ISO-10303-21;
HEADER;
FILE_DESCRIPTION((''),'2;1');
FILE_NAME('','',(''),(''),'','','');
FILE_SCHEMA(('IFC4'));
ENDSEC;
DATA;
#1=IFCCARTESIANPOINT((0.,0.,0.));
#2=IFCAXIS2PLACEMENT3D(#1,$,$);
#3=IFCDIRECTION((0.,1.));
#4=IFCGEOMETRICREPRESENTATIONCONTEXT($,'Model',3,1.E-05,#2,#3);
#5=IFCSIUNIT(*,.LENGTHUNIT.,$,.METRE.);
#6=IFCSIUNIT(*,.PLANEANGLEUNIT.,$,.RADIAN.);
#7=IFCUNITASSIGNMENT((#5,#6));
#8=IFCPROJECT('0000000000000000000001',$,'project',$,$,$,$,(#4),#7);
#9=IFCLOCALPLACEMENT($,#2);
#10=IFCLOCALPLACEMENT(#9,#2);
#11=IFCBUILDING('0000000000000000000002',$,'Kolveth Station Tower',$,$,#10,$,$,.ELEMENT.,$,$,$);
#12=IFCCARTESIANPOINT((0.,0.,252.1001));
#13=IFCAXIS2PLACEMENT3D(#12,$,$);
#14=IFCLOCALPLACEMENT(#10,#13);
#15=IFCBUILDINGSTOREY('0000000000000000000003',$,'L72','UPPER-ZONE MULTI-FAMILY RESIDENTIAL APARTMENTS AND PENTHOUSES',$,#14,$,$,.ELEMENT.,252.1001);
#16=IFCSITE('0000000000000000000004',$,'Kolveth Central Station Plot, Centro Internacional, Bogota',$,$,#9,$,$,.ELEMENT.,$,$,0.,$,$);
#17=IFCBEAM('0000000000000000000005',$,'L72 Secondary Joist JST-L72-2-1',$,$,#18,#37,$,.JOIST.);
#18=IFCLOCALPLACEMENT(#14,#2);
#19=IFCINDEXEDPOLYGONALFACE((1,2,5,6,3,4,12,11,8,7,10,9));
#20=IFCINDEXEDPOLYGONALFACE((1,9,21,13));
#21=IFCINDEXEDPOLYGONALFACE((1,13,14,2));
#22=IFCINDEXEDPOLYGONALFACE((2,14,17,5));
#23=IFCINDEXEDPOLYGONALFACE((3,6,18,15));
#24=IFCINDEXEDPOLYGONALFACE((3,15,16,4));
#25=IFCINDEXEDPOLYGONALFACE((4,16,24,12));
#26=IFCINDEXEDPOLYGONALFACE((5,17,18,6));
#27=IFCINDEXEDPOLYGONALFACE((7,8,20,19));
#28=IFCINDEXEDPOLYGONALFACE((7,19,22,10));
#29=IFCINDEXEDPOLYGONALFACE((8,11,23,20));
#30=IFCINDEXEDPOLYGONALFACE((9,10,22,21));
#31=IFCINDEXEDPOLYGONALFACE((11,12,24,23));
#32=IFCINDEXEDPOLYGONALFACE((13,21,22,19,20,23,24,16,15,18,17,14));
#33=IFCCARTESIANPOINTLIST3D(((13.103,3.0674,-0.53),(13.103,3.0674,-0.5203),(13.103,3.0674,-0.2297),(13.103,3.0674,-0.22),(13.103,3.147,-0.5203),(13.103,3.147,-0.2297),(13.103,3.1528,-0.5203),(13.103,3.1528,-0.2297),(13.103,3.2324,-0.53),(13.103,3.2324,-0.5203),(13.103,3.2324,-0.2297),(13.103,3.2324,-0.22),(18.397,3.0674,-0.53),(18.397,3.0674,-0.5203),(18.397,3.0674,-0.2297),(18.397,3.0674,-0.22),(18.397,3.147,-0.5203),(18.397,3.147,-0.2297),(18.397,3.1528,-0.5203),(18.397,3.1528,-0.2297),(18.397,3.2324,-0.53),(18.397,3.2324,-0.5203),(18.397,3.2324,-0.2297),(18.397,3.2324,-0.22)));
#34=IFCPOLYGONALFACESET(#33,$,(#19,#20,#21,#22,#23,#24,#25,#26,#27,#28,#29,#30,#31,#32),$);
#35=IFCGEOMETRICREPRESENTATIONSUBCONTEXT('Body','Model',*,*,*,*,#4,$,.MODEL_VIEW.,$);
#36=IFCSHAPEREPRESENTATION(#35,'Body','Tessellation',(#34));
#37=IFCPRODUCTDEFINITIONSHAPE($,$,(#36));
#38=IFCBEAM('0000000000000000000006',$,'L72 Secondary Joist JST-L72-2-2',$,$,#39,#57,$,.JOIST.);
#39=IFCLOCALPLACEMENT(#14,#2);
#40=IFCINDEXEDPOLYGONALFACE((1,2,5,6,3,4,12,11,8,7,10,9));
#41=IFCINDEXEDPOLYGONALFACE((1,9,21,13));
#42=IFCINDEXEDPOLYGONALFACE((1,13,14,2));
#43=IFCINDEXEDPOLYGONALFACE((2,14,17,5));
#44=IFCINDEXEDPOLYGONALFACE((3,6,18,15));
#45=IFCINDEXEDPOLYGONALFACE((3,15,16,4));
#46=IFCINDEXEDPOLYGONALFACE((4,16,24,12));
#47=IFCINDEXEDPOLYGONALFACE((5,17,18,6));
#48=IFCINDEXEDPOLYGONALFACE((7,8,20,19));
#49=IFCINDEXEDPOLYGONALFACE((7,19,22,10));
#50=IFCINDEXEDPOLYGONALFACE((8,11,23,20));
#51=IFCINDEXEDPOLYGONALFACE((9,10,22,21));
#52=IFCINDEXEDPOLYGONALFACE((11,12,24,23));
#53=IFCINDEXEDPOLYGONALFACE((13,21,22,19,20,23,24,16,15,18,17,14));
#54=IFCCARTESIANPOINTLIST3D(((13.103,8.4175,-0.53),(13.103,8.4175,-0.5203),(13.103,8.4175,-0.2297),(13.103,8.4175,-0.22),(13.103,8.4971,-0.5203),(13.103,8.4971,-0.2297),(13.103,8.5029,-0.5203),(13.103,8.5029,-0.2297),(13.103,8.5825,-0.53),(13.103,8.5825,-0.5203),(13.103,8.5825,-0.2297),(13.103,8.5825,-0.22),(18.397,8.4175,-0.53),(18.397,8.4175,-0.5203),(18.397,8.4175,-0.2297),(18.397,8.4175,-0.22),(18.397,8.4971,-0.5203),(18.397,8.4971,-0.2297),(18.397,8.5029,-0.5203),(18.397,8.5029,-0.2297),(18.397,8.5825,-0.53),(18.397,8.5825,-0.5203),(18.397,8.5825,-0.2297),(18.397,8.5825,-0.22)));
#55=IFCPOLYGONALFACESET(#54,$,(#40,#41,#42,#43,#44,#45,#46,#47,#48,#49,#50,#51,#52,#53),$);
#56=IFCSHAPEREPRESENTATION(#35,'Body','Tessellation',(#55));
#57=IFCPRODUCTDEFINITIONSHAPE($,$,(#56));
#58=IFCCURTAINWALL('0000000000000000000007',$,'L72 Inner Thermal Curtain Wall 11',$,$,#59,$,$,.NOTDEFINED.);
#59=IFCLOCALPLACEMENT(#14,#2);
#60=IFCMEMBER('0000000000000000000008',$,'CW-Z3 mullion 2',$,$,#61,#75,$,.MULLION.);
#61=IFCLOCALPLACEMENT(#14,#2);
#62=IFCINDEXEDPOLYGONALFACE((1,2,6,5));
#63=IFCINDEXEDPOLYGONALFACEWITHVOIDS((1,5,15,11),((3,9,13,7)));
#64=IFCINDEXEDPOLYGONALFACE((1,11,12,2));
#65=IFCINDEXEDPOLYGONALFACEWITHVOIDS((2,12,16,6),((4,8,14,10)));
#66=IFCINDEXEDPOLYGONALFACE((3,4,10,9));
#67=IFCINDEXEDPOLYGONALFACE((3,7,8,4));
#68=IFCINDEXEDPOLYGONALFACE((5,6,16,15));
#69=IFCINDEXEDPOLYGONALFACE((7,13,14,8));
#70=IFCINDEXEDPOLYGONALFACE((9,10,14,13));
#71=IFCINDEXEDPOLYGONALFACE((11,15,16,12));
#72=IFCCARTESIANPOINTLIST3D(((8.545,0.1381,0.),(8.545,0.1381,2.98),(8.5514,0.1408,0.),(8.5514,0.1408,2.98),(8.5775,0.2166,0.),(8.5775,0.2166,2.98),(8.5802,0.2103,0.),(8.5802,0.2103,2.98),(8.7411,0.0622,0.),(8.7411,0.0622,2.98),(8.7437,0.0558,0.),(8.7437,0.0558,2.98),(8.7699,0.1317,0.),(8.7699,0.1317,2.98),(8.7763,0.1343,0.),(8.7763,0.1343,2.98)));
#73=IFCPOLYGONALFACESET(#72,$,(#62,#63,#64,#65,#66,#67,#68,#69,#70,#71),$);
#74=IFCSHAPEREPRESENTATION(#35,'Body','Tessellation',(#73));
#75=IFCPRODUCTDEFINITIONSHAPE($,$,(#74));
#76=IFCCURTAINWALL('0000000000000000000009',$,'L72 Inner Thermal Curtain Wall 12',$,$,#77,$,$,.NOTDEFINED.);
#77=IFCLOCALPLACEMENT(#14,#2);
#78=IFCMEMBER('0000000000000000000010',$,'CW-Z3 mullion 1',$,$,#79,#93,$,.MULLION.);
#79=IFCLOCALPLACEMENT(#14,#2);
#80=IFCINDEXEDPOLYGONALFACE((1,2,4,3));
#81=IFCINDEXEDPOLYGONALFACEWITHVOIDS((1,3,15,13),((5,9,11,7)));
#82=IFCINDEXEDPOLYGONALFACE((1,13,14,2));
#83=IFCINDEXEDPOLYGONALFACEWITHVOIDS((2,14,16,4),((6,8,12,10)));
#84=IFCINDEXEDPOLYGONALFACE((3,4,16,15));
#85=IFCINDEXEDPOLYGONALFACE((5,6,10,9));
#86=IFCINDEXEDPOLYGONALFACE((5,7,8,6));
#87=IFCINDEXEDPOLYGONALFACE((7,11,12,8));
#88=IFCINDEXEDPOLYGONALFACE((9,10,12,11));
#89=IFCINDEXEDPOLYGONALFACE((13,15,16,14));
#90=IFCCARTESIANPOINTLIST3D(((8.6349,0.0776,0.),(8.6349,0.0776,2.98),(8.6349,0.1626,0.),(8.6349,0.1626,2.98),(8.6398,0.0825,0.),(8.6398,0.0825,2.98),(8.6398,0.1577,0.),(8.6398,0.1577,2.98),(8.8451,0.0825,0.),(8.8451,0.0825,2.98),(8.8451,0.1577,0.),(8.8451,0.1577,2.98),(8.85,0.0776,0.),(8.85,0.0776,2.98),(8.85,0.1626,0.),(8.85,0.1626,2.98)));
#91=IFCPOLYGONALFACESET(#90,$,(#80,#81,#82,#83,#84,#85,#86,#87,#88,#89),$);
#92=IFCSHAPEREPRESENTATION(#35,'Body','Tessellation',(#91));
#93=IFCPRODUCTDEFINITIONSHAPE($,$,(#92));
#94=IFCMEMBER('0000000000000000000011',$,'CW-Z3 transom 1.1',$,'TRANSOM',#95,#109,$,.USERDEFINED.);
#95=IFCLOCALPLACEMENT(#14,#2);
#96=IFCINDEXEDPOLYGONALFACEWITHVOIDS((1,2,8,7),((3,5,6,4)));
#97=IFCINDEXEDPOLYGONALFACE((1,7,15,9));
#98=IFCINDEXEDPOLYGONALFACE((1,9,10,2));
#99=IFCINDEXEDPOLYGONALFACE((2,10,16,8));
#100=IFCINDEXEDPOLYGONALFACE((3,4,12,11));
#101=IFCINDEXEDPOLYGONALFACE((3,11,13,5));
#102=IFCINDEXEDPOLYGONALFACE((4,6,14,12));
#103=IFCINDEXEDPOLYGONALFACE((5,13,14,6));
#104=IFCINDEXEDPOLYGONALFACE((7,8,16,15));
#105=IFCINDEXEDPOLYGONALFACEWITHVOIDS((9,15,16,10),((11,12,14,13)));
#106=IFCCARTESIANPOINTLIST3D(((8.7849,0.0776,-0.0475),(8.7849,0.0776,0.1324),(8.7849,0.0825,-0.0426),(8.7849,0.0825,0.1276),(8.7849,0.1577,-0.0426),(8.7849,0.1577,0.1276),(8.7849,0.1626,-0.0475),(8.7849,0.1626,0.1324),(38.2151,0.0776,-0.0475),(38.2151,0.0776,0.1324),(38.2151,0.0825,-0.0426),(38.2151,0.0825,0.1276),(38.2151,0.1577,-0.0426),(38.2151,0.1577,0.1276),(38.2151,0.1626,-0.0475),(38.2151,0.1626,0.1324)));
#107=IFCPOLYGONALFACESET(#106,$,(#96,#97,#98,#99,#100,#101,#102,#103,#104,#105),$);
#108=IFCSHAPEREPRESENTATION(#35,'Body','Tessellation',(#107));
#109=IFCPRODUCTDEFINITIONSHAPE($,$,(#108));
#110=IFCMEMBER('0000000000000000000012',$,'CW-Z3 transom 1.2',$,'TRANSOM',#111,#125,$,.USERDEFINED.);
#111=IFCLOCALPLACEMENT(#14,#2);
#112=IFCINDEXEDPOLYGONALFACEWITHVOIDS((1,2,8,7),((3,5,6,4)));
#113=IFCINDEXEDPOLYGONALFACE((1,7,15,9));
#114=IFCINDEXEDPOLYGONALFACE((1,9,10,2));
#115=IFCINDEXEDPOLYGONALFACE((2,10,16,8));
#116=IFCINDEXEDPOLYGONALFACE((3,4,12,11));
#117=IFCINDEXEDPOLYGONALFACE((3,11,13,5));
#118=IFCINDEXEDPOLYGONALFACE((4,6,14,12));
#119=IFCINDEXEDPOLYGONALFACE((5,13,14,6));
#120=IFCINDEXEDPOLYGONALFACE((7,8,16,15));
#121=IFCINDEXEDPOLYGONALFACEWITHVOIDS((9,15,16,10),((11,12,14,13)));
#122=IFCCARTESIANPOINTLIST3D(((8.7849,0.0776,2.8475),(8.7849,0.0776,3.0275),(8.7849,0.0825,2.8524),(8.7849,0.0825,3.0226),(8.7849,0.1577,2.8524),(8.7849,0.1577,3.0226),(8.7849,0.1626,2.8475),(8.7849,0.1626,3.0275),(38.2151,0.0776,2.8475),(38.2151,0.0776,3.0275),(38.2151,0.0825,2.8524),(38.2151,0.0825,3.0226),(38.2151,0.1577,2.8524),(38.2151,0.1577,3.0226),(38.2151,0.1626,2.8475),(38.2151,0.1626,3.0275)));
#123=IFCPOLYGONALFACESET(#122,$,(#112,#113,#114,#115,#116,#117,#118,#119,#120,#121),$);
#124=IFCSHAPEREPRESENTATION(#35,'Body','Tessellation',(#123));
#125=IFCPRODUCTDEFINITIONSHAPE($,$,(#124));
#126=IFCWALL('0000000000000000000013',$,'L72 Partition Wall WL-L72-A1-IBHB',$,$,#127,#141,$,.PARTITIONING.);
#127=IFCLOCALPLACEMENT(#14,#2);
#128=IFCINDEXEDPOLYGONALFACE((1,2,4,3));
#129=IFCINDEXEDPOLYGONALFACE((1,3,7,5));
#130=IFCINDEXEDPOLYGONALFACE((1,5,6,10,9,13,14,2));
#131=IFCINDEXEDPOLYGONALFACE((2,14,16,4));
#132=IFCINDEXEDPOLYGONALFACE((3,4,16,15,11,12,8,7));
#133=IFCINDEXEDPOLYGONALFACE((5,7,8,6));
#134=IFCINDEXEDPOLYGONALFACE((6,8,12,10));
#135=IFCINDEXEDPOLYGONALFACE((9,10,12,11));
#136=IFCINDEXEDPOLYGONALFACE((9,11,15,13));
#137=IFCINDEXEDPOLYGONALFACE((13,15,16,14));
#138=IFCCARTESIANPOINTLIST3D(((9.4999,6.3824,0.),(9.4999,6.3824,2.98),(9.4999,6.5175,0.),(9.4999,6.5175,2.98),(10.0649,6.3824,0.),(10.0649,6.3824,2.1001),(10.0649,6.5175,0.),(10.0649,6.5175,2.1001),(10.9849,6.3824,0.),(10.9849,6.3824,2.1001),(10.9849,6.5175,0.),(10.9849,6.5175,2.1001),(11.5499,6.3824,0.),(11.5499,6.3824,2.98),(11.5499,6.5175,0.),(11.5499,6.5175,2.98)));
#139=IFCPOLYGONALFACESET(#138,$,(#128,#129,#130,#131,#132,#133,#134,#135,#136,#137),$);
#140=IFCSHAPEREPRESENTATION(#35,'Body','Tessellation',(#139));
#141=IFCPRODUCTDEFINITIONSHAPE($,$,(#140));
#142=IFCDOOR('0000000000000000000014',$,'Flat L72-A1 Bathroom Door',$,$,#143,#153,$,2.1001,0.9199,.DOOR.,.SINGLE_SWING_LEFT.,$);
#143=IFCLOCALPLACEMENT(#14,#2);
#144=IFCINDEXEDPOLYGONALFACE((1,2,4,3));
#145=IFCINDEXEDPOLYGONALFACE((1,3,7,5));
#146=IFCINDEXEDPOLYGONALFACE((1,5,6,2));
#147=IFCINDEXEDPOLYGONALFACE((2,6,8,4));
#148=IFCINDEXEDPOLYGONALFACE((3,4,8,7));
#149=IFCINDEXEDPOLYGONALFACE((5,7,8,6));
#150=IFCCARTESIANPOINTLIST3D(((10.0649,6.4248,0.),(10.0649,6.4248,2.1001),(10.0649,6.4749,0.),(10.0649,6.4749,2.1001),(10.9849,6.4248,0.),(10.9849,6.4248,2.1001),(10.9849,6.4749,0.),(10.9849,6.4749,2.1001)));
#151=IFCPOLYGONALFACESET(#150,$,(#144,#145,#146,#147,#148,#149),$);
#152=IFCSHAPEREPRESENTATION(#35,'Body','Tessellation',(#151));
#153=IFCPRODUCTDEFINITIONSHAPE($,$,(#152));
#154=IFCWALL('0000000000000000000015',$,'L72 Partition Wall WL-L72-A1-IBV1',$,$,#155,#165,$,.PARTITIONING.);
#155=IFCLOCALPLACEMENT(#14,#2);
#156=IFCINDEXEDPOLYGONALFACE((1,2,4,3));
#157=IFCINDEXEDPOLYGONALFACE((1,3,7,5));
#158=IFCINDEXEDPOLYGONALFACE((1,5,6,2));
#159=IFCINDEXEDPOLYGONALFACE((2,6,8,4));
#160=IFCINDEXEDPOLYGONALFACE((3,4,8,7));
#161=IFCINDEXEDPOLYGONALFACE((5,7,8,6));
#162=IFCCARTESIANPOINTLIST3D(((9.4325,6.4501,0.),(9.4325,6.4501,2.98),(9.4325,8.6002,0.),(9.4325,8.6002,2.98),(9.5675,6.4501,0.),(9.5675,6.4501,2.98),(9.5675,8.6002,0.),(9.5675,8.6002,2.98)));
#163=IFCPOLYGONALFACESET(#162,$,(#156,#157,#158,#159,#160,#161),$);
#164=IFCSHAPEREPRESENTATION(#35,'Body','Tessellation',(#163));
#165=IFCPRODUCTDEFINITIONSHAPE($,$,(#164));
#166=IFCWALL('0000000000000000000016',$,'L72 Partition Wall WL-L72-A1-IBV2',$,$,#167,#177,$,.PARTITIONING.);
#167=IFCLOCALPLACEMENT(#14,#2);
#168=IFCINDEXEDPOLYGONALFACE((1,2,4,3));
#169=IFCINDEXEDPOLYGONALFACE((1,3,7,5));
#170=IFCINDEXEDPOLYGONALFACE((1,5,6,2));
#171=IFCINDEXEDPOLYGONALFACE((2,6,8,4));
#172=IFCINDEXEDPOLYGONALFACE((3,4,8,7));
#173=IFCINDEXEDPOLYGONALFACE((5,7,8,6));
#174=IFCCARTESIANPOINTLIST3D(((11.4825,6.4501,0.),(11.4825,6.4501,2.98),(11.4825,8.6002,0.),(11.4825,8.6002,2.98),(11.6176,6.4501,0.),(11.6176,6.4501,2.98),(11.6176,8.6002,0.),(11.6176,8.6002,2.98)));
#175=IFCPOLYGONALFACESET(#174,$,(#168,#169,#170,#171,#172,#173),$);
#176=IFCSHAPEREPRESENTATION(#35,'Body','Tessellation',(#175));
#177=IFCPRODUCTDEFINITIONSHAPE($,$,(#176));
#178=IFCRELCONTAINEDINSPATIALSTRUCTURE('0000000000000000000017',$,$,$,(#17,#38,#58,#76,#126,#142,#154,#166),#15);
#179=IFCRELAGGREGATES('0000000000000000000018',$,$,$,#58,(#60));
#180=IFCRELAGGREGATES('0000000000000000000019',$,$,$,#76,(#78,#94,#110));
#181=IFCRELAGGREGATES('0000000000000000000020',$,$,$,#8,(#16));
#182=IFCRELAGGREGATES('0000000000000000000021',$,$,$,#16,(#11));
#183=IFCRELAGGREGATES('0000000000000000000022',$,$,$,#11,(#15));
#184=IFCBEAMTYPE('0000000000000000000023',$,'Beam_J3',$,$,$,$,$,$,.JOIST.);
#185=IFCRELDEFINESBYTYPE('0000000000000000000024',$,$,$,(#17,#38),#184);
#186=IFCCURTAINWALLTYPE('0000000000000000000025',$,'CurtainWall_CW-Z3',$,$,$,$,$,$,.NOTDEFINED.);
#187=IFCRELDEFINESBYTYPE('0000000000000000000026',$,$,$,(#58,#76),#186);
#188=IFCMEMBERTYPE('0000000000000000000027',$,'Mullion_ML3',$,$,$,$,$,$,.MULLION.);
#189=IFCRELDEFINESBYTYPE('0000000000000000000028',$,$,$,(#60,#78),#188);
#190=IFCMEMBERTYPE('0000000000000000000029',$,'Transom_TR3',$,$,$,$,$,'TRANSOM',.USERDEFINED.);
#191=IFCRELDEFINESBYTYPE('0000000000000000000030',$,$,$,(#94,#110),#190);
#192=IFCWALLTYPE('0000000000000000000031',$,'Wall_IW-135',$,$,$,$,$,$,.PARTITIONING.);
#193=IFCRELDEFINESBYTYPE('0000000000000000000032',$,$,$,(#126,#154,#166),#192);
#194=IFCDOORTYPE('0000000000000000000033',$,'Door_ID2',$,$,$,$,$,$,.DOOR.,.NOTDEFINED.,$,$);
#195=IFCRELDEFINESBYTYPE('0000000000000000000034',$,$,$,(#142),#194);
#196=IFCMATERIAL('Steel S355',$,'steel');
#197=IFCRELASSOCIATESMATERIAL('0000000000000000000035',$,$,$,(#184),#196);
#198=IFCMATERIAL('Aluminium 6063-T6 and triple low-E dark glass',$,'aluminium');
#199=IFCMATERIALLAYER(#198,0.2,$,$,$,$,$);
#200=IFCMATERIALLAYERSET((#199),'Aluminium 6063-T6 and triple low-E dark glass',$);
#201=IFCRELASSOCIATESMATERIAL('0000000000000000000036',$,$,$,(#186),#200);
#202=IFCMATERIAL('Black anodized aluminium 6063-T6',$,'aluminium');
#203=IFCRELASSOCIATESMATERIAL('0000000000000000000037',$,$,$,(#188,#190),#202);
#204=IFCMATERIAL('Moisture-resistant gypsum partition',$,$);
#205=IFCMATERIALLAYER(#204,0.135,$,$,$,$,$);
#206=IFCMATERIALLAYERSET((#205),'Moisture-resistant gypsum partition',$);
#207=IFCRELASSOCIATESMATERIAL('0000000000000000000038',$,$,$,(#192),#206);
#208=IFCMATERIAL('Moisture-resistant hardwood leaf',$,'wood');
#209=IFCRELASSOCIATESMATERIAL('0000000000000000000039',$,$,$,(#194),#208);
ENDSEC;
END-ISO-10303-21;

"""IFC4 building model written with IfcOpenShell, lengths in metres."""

from ifc_helpers import new_model, si_unit, direction, frame, frame_2d, origin, origin_2d, place, context, subcontext, project, spatial, rectangle, hollow_rectangle, i_section, extrude, source, transform, mapped, material, layer, layer_set, material_profile, profile_set, type_object, element, fill, aggregate, save


model = new_model("IFC4")

# Units and contexts
model_context = context("Model", 3, precision=1e-05, world=origin(), true_north=direction((0.0, 1.0)))
body_context = subcontext(model_context, "Body", "Model", "MODEL_VIEW")
ifc_project = project(units=[si_unit("LENGTHUNIT", "METRE"), si_unit("PLANEANGLEUNIT", "RADIAN")], contexts=[model_context])

# Site, building, storey
site_placement = place(None, origin())
site = spatial("IfcSite", under=ifc_project, at=site_placement, Name="Kolveth Central Station Plot, Centro Internacional, Bogota", CompositionType="ELEMENT", RefElevation=0.0)
building_placement = place(site_placement, origin())
building = spatial("IfcBuilding", under=site, at=building_placement, Name="Kolveth Station Tower", CompositionType="ELEMENT")
storey_placement = place(building_placement, frame((0.0, 0.0, 252.1001)))
storey = spatial("IfcBuildingStorey", under=building, at=storey_placement, Name="L72", Description="UPPER-ZONE MULTI-FAMILY RESIDENTIAL APARTMENTS AND PENTHOUSES", CompositionType="ELEMENT", Elevation=252.1001)

# Shared definitions
ifc_material_1 = material(Name="Steel S355", Category="steel")

# Beams
ifc_material_profile_1 = material_profile(ifc_material_1, i_section(OverallWidth=0.165, OverallDepth=0.3101, WebThickness=0.0059, FlangeThickness=0.0098, at=origin_2d()), Name="W310x39")
ifc_profile_set_1 = profile_set([ifc_material_profile_1], Name="Steel S355")
beam_type_1 = type_object("IfcBeamType", Name="Beam_J3", PredefinedType="JOIST", material=ifc_profile_set_1)
shared_shape_1 = source(origin(), body_context, "Body", "SweptSolid", [
    extrude(i_section(OverallWidth=0.165, OverallDepth=0.3101, WebThickness=0.0059, FlangeThickness=0.0098, at=origin_2d()), origin(), (0.0, 0.0, 1.0), 5.2939),
])
for number, where, z_axis, x_axis, name in (
    (1, (13.103, 3.1499, -0.375), (1.0, 0.0, 0.0), (0.0, 1.0, 0.0), "L72 Secondary Joist JST-L72-2-1"),
    (2, (13.103, 8.5, -0.375), (1.0, 0.0, 0.0), (0.0, 1.0, 0.0), "L72 Secondary Joist JST-L72-2-2"),
):
    element("IfcBeam", number, at=place(storey_placement, frame(where, z_axis=z_axis, x_axis=x_axis)), inside=storey, type_object=beam_type_1, Name=name, PredefinedType="JOIST", context=body_context, shape_type="MappedRepresentation", body=[
        mapped(shared_shape_1, transform((0.0, 0.0, 0.0), x_axis=(1.0, 0.0, 0.0), y_axis=(0.0, 1.0, 0.0), z_axis=(0.0, 0.0, 1.0), scale=1.0)),
    ])

# Curtain wall, member
ifc_material_2 = material(Name="Aluminium 6063-T6 and triple low-E dark glass", Category="aluminium")
ifc_layer_1 = layer(ifc_material_2, 0.2)
ifc_layer_set_1 = layer_set([ifc_layer_1], Name="Aluminium 6063-T6 and triple low-E dark glass")
curtain_wall_type = type_object("IfcCurtainWallType", Name="CurtainWall_CW-Z3", PredefinedType="NOTDEFINED", material=ifc_layer_set_1)
curtain_wall_1_placement = place(storey_placement, origin())
curtain_wall_1 = element("IfcCurtainWall", 3, at=curtain_wall_1_placement, inside=storey, type_object=curtain_wall_type, Name="L72 Inner Thermal Curtain Wall 11", PredefinedType="NOTDEFINED")
ifc_material_3 = material(Name="Black anodized aluminium 6063-T6", Category="aluminium")
ifc_material_profile_2 = material_profile(ifc_material_3, hollow_rectangle(XDim=0.085, YDim=0.2151, WallThickness=0.0049, at=origin_2d()), Name="ALU-85x215x5")
ifc_profile_set_2 = profile_set([ifc_material_profile_2], Name="Black anodized aluminium 6063-T6")
member_type_1 = type_object("IfcMemberType", Name="Mullion_ML3", PredefinedType="MULLION", material=ifc_profile_set_2)
shared_shape_2 = source(origin(), body_context, "Body", "SweptSolid", [
    extrude(hollow_rectangle(XDim=0.085, YDim=0.2151, WallThickness=0.0049, at=origin_2d()), origin(), (0.0, 0.0, 1.0), 2.98),
])
member_1_placement = place(storey_placement, frame((8.6606, 0.1362, 0.0), z_axis=(0.0, 0.0, 1.0), x_axis=(0.382693, 0.923875, 0.0)))
member_1 = element("IfcMember", 4, at=member_1_placement, type_object=member_type_1, Name="CW-Z3 mullion 2", PredefinedType="MULLION", context=body_context, shape_type="MappedRepresentation", body=[
    mapped(shared_shape_2, transform((0.0, 0.0, 0.0), x_axis=(1.0, 0.0, 0.0), y_axis=(0.0, 1.0, 0.0), z_axis=(0.0, 0.0, 1.0), scale=1.0)),
])
aggregate(curtain_wall_1, [member_1])

# Curtain wall, members
curtain_wall_2_placement = place(storey_placement, origin())
curtain_wall_2 = element("IfcCurtainWall", 5, at=curtain_wall_2_placement, inside=storey, type_object=curtain_wall_type, Name="L72 Inner Thermal Curtain Wall 12", PredefinedType="NOTDEFINED")
member_2_placement = place(storey_placement, frame((8.7424, 0.1201, 0.0), z_axis=(0.0, 0.0, 1.0), x_axis=(0.0, 1.0, 0.0)))
member_2 = element("IfcMember", 6, at=member_2_placement, type_object=member_type_1, Name="CW-Z3 mullion 1", PredefinedType="MULLION", context=body_context, shape_type="MappedRepresentation", body=[
    mapped(shared_shape_2, transform((0.0, 0.0, 0.0), x_axis=(1.0, 0.0, 0.0), y_axis=(0.0, 1.0, 0.0), z_axis=(0.0, 0.0, 1.0), scale=1.0)),
])
ifc_material_profile_3 = material_profile(ifc_material_3, hollow_rectangle(XDim=0.085, YDim=0.1799, WallThickness=0.0049, at=origin_2d()), Name="ALU-85x180x5")
ifc_profile_set_3 = profile_set([ifc_material_profile_3], Name="Black anodized aluminium 6063-T6")
member_type_2 = type_object("IfcMemberType", Name="Transom_TR3", ElementType="TRANSOM", PredefinedType="USERDEFINED", material=ifc_profile_set_3)
shared_shape_3 = source(origin(), body_context, "Body", "SweptSolid", [
    extrude(hollow_rectangle(XDim=0.085, YDim=0.1799, WallThickness=0.0049, at=origin_2d()), origin(), (0.0, 0.0, 1.0), 29.4302),
])
member_3_placement = place(storey_placement, frame((8.7849, 0.1201, 0.0425), z_axis=(1.0, 0.0, 0.0), x_axis=(0.0, 1.0, 0.0)))
member_3 = element("IfcMember", 7, at=member_3_placement, type_object=member_type_2, Name="CW-Z3 transom 1.1", ObjectType="TRANSOM", PredefinedType="USERDEFINED", context=body_context, shape_type="MappedRepresentation", body=[
    mapped(shared_shape_3, transform((0.0, 0.0, 0.0), x_axis=(1.0, 0.0, 0.0), y_axis=(0.0, 1.0, 0.0), z_axis=(0.0, 0.0, 1.0), scale=1.0)),
])
member_4_placement = place(storey_placement, frame((8.7849, 0.1201, 2.9375), z_axis=(1.0, 0.0, 0.0), x_axis=(0.0, 1.0, 0.0)))
member_4 = element("IfcMember", 8, at=member_4_placement, type_object=member_type_2, Name="CW-Z3 transom 1.2", ObjectType="TRANSOM", PredefinedType="USERDEFINED", context=body_context, shape_type="MappedRepresentation", body=[
    mapped(shared_shape_3, transform((0.0, 0.0, 0.0), x_axis=(1.0, 0.0, 0.0), y_axis=(0.0, 1.0, 0.0), z_axis=(0.0, 0.0, 1.0), scale=1.0)),
])
aggregate(curtain_wall_2, [member_2, member_3, member_4])

# Wall, opening, door
ifc_material_4 = material(Name="Moisture-resistant gypsum partition")
ifc_layer_2 = layer(ifc_material_4, 0.135)
ifc_layer_set_2 = layer_set([ifc_layer_2], Name="Moisture-resistant gypsum partition")
wall_type_1 = type_object("IfcWallType", Name="Wall_IW-135", PredefinedType="PARTITIONING", material=ifc_layer_set_2)
wall_1_placement = place(storey_placement, frame((9.5, 6.45, 0.0), z_axis=(0.0, 0.0, 1.0), x_axis=(1.0, 0.0, 0.0)))
wall_1 = element("IfcWall", 9, at=wall_1_placement, inside=storey, type_object=wall_type_1, Name="L72 Partition Wall WL-L72-A1-IBHB", PredefinedType="PARTITIONING", context=body_context, shape_type="SweptSolid", body=[
    extrude(rectangle(XDim=2.05, YDim=0.135, at=frame_2d((1.0249, 0.0))), origin(), (0.0, 0.0, 1.0), 2.98),
])
opening_1_placement = place(wall_1_placement, frame((0.5649, 0.0, 0.0)))
opening_1 = element("IfcOpeningElement", 10, at=opening_1_placement, cuts=wall_1, PredefinedType="OPENING", context=body_context, shape_type="SweptSolid", body=[
    extrude(rectangle(XDim=0.9199, YDim=2.1001, at=frame_2d((0.46, 1.05))), frame((0.0, 0.0774, 0.0), z_axis=(0.0, -1.0, 0.0), x_axis=(1.0, 0.0, 0.0)), (0.0, 0.0, 1.0), 0.155),
])
ifc_material_5 = material(Name="Moisture-resistant hardwood leaf", Category="wood")
door_type_1 = type_object("IfcDoorType", Name="Door_ID2", OperationType="NOTDEFINED", PredefinedType="DOOR", material=ifc_material_5)
door_1_placement = place(opening_1_placement, origin())
door_1 = element("IfcDoor", 11, at=door_1_placement, inside=storey, type_object=door_type_1, Name="Flat L72-A1 Bathroom Door", OperationType="SINGLE_SWING_LEFT", OverallHeight=2.1001, OverallWidth=0.9199, PredefinedType="DOOR", context=body_context, shape_type="SweptSolid", body=[
    extrude(rectangle(XDim=0.9199, YDim=2.1001, at=frame_2d((0.46, 1.05))), frame((0.0, 0.0249, 0.0), z_axis=(0.0, -1.0, 0.0), x_axis=(1.0, 0.0, 0.0)), (0.0, 0.0, 1.0), 0.05),
])
fill(opening_1, door_1)

# Walls
for number, where, z_axis, x_axis, name in (
    (12, (9.5, 6.45, 0.0), (0.0, 0.0, 1.0), (0.0, 1.0, 0.0), "L72 Partition Wall WL-L72-A1-IBV1"),
    (13, (11.55, 6.45, 0.0), (0.0, 0.0, 1.0), (0.0, 1.0, 0.0), "L72 Partition Wall WL-L72-A1-IBV2"),
):
    element("IfcWall", number, at=place(storey_placement, frame(where, z_axis=z_axis, x_axis=x_axis)), inside=storey, type_object=wall_type_1, Name=name, PredefinedType="PARTITIONING", context=body_context, shape_type="SweptSolid", body=[
        extrude(rectangle(XDim=2.1501, YDim=0.135, at=frame_2d((1.0752, 0.0))), origin(), (0.0, 0.0, 1.0), 2.98),
    ])

save(model, "model.ifc")
